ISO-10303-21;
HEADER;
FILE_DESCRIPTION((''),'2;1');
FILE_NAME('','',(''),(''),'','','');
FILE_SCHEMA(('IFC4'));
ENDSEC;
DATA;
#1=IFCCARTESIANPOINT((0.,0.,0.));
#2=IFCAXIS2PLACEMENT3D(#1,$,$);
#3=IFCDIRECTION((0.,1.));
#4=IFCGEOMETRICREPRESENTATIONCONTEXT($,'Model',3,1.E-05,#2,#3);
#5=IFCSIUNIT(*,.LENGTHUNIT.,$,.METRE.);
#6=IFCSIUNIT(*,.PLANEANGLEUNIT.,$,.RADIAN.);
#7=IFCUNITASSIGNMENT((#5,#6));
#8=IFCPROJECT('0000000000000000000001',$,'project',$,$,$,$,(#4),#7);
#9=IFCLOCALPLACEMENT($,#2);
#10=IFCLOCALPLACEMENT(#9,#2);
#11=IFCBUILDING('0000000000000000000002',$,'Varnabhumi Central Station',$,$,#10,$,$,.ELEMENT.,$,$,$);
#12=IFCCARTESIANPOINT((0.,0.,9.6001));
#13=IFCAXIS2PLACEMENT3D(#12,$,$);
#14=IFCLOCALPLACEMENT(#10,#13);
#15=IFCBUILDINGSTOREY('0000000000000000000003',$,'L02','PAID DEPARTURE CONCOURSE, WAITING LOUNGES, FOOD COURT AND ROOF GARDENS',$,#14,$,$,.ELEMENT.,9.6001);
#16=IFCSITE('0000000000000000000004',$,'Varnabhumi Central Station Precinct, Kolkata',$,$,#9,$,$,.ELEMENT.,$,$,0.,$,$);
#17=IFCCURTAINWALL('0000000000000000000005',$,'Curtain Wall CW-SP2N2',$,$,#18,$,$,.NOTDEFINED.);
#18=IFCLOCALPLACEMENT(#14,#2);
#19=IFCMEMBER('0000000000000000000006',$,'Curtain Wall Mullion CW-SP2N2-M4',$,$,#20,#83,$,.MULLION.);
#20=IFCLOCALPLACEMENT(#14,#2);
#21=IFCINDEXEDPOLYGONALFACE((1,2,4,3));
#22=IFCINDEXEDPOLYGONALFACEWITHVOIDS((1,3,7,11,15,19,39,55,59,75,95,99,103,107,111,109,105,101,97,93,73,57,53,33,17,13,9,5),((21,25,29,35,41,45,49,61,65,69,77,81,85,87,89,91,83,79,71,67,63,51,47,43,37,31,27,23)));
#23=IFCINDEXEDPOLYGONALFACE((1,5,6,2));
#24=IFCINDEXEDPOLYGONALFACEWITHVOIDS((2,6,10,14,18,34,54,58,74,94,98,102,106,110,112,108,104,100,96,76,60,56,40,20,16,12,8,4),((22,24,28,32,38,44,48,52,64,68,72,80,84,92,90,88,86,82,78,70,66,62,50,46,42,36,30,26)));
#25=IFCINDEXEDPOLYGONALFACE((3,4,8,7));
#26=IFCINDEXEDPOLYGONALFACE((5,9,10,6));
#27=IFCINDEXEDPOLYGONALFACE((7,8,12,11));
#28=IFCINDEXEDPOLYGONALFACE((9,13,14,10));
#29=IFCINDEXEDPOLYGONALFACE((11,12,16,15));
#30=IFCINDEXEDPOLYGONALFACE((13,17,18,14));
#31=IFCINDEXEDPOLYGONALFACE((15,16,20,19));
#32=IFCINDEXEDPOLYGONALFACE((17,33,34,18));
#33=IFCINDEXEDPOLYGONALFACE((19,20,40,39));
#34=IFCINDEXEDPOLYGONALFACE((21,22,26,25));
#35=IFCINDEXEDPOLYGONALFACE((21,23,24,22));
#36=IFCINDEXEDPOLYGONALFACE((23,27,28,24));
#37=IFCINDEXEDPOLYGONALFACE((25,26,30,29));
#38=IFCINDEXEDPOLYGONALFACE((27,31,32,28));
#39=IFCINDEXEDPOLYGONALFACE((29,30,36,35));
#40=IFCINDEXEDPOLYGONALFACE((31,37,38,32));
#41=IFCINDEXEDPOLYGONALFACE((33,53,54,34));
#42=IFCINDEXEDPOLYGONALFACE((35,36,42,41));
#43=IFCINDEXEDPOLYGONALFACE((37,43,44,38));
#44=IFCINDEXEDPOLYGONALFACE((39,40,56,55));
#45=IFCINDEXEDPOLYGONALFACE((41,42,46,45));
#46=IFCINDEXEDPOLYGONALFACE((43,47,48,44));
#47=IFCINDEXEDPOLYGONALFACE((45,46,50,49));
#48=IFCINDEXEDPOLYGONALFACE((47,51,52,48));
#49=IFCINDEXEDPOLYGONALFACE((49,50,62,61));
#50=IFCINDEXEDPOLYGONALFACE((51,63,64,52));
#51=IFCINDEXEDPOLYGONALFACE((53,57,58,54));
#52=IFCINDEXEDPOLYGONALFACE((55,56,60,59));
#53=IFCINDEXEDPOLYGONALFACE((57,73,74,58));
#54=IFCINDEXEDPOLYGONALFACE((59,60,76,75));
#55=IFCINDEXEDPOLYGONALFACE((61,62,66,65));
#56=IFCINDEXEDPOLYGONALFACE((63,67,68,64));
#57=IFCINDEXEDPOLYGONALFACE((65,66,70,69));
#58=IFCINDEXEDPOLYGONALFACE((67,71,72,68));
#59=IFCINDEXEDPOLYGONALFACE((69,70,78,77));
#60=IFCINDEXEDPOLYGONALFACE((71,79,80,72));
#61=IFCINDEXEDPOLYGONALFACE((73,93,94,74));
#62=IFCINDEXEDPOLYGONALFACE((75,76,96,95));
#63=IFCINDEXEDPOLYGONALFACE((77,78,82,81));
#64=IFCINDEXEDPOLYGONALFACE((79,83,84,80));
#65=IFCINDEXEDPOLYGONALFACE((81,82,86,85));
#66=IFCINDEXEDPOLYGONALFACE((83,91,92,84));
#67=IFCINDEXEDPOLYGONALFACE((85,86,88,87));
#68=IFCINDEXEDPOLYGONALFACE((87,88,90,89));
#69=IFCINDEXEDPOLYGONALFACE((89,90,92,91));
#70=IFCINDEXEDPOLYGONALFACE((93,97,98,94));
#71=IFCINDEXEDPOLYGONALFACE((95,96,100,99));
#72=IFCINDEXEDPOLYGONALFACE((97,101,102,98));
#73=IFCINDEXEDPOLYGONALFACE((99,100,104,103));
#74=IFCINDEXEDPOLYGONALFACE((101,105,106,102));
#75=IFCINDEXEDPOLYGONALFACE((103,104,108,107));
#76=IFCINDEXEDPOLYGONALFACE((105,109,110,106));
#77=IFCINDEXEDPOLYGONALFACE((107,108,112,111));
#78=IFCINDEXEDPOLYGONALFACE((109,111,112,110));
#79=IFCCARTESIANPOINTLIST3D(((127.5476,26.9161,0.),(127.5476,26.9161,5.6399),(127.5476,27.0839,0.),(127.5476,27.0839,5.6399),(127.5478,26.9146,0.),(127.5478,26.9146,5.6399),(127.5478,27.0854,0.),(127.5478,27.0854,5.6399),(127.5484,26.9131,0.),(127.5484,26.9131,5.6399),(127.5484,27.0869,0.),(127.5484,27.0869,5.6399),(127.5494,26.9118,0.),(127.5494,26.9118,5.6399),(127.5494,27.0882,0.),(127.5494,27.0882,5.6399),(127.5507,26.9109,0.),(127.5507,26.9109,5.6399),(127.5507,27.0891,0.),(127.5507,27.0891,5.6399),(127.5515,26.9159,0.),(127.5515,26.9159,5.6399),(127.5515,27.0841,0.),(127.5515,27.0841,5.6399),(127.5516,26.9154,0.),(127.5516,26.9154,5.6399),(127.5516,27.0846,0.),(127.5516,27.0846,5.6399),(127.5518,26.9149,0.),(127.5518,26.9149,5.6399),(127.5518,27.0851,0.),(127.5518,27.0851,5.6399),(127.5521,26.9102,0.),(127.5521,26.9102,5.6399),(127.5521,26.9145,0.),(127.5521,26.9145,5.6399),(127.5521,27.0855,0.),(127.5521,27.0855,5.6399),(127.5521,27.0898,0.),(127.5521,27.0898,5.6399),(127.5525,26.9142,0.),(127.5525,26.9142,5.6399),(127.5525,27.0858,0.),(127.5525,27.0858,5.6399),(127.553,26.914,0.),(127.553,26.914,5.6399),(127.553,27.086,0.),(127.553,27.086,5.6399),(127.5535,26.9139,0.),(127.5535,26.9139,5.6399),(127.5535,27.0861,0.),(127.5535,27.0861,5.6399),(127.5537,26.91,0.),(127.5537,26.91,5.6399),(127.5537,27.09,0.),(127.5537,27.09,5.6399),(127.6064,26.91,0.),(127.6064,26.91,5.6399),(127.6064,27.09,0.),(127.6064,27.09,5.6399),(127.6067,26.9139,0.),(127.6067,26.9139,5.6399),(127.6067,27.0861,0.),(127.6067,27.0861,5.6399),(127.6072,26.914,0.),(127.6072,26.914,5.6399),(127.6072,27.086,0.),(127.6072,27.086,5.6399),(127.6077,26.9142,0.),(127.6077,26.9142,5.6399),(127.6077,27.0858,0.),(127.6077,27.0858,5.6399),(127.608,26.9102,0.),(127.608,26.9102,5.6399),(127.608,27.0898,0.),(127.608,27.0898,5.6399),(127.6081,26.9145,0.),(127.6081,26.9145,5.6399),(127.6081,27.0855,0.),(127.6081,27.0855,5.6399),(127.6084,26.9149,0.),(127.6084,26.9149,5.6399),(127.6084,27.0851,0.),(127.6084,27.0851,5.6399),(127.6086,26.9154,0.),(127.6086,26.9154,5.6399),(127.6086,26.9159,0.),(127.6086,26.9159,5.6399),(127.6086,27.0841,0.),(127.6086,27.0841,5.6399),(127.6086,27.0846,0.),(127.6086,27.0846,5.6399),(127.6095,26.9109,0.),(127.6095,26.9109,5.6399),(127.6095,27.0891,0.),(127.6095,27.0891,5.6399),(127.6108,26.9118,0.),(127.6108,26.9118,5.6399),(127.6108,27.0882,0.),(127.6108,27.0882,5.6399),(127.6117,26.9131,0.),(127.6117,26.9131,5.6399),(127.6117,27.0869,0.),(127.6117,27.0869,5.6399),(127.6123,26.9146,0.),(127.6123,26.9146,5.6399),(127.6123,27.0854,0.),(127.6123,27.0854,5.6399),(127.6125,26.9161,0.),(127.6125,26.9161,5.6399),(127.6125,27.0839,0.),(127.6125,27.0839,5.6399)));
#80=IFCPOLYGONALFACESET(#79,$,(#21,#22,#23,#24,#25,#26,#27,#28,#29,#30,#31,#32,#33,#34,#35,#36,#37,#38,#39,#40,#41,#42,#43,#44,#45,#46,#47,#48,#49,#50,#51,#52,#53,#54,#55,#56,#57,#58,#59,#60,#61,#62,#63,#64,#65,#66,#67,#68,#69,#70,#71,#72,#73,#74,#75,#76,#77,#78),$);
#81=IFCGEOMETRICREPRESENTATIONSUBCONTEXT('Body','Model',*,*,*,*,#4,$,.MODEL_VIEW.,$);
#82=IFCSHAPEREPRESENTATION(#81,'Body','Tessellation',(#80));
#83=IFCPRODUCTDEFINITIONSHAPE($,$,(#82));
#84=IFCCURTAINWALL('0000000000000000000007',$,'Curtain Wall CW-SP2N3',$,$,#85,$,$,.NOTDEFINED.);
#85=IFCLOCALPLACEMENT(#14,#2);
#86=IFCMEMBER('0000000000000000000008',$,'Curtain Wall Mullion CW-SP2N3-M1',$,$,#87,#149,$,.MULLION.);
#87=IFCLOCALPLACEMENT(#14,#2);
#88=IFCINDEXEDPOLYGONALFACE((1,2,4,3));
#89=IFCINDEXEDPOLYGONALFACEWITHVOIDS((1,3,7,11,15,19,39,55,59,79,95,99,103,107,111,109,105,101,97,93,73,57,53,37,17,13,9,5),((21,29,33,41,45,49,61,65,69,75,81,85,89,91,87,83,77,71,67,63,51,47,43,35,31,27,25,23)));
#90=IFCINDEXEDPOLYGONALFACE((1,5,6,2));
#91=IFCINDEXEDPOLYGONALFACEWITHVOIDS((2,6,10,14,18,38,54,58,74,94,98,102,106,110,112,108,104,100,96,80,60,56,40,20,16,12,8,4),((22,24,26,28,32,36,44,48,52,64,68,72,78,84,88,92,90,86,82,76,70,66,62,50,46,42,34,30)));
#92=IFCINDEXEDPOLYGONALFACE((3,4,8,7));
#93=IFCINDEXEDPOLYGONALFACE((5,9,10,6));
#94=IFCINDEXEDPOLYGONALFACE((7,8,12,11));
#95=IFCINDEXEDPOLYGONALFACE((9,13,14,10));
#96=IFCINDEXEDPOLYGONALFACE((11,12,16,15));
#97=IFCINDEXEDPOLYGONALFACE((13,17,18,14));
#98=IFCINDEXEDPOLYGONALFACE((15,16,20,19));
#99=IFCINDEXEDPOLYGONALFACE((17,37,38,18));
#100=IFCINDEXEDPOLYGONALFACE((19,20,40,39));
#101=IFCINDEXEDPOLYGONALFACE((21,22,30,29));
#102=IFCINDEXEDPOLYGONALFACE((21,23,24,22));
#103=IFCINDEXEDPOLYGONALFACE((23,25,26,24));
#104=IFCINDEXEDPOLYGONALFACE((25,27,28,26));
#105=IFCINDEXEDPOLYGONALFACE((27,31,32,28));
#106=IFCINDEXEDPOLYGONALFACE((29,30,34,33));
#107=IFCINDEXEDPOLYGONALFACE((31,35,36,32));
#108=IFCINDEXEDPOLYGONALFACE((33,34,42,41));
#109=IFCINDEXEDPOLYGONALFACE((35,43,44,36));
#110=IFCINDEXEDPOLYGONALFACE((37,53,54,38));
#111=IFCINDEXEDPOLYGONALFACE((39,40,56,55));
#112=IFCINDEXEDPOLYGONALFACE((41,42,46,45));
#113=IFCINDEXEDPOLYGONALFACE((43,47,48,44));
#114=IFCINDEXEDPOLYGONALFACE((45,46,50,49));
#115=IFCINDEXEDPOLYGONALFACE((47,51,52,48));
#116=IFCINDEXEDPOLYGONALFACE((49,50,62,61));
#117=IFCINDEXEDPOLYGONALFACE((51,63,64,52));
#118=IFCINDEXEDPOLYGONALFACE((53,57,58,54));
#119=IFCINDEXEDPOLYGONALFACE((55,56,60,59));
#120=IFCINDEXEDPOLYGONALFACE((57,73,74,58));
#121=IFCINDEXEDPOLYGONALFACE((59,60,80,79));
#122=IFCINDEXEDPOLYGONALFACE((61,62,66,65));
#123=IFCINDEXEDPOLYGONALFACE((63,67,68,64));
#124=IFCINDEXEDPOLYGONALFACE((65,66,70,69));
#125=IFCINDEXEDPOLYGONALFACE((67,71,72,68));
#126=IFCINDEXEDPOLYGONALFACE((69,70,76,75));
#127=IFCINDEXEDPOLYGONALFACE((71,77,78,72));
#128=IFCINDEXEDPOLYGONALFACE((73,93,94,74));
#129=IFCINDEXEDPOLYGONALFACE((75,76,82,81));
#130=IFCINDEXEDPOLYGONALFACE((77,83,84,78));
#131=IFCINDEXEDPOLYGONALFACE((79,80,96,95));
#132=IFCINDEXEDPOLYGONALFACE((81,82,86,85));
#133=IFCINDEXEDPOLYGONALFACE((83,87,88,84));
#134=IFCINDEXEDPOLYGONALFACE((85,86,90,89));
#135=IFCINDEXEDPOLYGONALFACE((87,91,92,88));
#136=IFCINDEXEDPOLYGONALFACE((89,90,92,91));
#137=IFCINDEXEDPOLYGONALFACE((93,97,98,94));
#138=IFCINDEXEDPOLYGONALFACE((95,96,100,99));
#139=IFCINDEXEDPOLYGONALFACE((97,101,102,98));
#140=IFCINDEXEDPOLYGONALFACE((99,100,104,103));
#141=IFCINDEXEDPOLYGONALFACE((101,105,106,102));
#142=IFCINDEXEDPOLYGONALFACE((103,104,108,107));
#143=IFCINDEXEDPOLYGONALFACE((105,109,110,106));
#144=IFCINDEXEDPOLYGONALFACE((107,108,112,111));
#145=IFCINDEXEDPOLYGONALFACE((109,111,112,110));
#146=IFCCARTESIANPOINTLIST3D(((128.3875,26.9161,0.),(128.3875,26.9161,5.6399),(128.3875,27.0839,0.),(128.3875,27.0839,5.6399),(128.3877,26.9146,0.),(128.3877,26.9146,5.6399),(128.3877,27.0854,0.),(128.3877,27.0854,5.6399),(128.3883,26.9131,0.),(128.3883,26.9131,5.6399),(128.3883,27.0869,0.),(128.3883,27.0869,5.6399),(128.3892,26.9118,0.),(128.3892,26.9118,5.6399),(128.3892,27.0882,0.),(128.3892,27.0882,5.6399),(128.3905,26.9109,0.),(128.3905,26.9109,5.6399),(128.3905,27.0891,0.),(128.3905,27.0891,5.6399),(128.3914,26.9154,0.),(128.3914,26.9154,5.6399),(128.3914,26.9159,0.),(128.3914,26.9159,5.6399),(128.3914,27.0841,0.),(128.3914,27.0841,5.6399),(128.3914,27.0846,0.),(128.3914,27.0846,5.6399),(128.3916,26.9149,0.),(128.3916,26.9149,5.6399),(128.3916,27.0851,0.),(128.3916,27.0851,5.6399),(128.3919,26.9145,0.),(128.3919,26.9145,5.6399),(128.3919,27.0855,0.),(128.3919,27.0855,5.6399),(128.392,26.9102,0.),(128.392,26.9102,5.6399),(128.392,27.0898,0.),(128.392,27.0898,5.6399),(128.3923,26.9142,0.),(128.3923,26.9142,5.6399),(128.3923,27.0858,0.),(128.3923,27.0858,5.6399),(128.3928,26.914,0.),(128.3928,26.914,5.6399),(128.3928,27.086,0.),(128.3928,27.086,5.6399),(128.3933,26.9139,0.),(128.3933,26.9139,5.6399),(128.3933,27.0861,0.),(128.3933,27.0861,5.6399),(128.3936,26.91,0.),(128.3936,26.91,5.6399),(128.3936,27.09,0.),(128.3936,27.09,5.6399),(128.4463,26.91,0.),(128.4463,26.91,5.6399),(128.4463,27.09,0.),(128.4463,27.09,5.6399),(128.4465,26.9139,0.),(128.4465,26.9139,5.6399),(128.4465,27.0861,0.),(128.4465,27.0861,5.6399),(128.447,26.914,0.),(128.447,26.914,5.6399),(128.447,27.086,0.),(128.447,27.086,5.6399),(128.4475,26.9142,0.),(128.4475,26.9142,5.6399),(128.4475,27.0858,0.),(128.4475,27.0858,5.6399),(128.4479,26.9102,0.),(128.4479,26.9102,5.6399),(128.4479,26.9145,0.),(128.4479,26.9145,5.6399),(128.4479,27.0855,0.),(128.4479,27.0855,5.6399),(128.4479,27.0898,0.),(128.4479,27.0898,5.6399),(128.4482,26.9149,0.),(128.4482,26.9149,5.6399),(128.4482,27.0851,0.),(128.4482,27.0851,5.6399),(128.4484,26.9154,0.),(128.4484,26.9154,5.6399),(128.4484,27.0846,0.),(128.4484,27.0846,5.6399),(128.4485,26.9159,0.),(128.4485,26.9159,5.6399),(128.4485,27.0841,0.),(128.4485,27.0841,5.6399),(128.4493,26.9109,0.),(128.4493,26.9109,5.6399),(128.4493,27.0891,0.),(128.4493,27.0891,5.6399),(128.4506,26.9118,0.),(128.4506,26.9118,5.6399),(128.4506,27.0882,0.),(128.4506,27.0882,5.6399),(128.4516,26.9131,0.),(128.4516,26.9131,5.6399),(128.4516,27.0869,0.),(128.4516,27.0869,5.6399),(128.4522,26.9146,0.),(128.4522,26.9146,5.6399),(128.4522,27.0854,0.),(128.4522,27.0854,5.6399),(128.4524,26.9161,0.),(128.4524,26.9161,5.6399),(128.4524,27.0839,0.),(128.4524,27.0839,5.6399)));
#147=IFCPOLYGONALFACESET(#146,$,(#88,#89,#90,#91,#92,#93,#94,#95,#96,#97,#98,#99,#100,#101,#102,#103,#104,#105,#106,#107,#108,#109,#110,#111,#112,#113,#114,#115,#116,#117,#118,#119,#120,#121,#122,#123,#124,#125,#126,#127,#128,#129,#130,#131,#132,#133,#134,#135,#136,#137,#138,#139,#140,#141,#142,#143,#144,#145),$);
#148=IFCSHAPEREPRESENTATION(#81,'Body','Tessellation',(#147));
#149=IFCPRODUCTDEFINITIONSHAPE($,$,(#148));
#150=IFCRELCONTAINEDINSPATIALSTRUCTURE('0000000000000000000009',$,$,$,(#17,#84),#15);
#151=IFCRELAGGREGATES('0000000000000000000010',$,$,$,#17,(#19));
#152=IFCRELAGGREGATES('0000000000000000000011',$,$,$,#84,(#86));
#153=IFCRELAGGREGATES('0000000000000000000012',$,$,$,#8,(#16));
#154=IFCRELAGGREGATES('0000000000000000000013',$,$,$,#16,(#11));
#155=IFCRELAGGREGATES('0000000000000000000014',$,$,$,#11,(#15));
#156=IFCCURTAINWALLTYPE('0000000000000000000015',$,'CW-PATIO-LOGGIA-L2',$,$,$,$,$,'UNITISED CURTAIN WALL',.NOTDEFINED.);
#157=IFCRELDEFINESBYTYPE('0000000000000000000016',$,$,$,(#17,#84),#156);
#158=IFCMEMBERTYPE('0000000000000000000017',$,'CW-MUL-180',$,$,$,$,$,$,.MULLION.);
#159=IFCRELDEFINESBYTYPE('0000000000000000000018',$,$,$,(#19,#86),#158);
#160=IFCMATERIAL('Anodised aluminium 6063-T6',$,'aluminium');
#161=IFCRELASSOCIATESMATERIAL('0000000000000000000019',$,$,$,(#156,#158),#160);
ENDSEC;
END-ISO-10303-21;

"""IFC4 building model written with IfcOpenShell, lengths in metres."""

from ifc_helpers import new_model, si_unit, direction, frame, origin, origin_2d, place, context, subcontext, project, spatial, hollow_rectangle, extrude, material, material_profile, profile_set, type_object, element, aggregate, save


model = new_model("IFC4")

# Units and contexts
model_context = context("Model", 3, precision=1e-05, world=origin(), true_north=direction((0.0, 1.0)))
body_context = subcontext(model_context, "Body", "Model", "MODEL_VIEW")
ifc_project = project(units=[si_unit("LENGTHUNIT", "METRE"), si_unit("PLANEANGLEUNIT", "RADIAN")], contexts=[model_context])

# Site, building, storey
site_placement = place(None, origin())
site = spatial("IfcSite", under=ifc_project, at=site_placement, Name="Varnabhumi Central Station Precinct, Kolkata", CompositionType="ELEMENT", RefElevation=0.0)
building_placement = place(site_placement, origin())
building = spatial("IfcBuilding", under=site, at=building_placement, Name="Varnabhumi Central Station", CompositionType="ELEMENT")
storey_placement = place(building_placement, frame((0.0, 0.0, 9.6001)))
storey = spatial("IfcBuildingStorey", under=building, at=storey_placement, Name="L02", Description="PAID DEPARTURE CONCOURSE, WAITING LOUNGES, FOOD COURT AND ROOF GARDENS", CompositionType="ELEMENT", Elevation=9.6001)

# Curtain wall, member
ifc_material_1 = material(Name="Anodised aluminium 6063-T6", Category="aluminium")
curtain_wall_type = type_object("IfcCurtainWallType", Name="CW-PATIO-LOGGIA-L2", ElementType="UNITISED CURTAIN WALL", PredefinedType="NOTDEFINED", material=ifc_material_1)
curtain_wall_1_placement = place(storey_placement, origin())
curtain_wall_1 = element("IfcCurtainWall", 1, at=curtain_wall_1_placement, inside=storey, type_object=curtain_wall_type, Name="Curtain Wall CW-SP2N2", PredefinedType="NOTDEFINED")
ifc_material_profile_1 = material_profile(ifc_material_1, hollow_rectangle(XDim=0.0649, YDim=0.1799, WallThickness=0.0039, InnerFilletRadius=0.002, OuterFilletRadius=0.0061, at=origin_2d()), Name="Anodised aluminium 6063-T6", Category="aluminium")
ifc_profile_set_1 = profile_set([ifc_material_profile_1], Name="Anodised aluminium 6063-T6")
member_type_1 = type_object("IfcMemberType", Name="CW-MUL-180", PredefinedType="MULLION", material=ifc_profile_set_1)
member_1_placement = place(storey_placement, frame((127.5801, 27.0, 0.0), z_axis=(0.0, 0.0, 1.0), x_axis=(1.0, 0.0, 0.0)))
member_1 = element("IfcMember", 2, at=member_1_placement, type_object=member_type_1, Name="Curtain Wall Mullion CW-SP2N2-M4", PredefinedType="MULLION", context=body_context, shape_type="SweptSolid", body=[
    extrude(hollow_rectangle(XDim=0.0649, YDim=0.1799, WallThickness=0.0039, InnerFilletRadius=0.002, OuterFilletRadius=0.0061, at=origin_2d()), origin(), (0.0, 0.0, 1.0), 5.6399),
])

# Curtain wall, member
curtain_wall_2_placement = place(storey_placement, origin())
curtain_wall_2 = element("IfcCurtainWall", 3, at=curtain_wall_2_placement, inside=storey, type_object=curtain_wall_type, Name="Curtain Wall CW-SP2N3", PredefinedType="NOTDEFINED")
member_2_placement = place(storey_placement, frame((128.4199, 27.0, 0.0), z_axis=(0.0, 0.0, 1.0), x_axis=(1.0, 0.0, 0.0)))
member_2 = element("IfcMember", 4, at=member_2_placement, type_object=member_type_1, Name="Curtain Wall Mullion CW-SP2N3-M1", PredefinedType="MULLION", context=body_context, shape_type="SweptSolid", body=[
    extrude(hollow_rectangle(XDim=0.0649, YDim=0.1799, WallThickness=0.0039, InnerFilletRadius=0.002, OuterFilletRadius=0.0061, at=origin_2d()), origin(), (0.0, 0.0, 1.0), 5.6399),
])

aggregate(curtain_wall_1, [member_1])
aggregate(curtain_wall_2, [member_2])

save(model, "model.ifc")
